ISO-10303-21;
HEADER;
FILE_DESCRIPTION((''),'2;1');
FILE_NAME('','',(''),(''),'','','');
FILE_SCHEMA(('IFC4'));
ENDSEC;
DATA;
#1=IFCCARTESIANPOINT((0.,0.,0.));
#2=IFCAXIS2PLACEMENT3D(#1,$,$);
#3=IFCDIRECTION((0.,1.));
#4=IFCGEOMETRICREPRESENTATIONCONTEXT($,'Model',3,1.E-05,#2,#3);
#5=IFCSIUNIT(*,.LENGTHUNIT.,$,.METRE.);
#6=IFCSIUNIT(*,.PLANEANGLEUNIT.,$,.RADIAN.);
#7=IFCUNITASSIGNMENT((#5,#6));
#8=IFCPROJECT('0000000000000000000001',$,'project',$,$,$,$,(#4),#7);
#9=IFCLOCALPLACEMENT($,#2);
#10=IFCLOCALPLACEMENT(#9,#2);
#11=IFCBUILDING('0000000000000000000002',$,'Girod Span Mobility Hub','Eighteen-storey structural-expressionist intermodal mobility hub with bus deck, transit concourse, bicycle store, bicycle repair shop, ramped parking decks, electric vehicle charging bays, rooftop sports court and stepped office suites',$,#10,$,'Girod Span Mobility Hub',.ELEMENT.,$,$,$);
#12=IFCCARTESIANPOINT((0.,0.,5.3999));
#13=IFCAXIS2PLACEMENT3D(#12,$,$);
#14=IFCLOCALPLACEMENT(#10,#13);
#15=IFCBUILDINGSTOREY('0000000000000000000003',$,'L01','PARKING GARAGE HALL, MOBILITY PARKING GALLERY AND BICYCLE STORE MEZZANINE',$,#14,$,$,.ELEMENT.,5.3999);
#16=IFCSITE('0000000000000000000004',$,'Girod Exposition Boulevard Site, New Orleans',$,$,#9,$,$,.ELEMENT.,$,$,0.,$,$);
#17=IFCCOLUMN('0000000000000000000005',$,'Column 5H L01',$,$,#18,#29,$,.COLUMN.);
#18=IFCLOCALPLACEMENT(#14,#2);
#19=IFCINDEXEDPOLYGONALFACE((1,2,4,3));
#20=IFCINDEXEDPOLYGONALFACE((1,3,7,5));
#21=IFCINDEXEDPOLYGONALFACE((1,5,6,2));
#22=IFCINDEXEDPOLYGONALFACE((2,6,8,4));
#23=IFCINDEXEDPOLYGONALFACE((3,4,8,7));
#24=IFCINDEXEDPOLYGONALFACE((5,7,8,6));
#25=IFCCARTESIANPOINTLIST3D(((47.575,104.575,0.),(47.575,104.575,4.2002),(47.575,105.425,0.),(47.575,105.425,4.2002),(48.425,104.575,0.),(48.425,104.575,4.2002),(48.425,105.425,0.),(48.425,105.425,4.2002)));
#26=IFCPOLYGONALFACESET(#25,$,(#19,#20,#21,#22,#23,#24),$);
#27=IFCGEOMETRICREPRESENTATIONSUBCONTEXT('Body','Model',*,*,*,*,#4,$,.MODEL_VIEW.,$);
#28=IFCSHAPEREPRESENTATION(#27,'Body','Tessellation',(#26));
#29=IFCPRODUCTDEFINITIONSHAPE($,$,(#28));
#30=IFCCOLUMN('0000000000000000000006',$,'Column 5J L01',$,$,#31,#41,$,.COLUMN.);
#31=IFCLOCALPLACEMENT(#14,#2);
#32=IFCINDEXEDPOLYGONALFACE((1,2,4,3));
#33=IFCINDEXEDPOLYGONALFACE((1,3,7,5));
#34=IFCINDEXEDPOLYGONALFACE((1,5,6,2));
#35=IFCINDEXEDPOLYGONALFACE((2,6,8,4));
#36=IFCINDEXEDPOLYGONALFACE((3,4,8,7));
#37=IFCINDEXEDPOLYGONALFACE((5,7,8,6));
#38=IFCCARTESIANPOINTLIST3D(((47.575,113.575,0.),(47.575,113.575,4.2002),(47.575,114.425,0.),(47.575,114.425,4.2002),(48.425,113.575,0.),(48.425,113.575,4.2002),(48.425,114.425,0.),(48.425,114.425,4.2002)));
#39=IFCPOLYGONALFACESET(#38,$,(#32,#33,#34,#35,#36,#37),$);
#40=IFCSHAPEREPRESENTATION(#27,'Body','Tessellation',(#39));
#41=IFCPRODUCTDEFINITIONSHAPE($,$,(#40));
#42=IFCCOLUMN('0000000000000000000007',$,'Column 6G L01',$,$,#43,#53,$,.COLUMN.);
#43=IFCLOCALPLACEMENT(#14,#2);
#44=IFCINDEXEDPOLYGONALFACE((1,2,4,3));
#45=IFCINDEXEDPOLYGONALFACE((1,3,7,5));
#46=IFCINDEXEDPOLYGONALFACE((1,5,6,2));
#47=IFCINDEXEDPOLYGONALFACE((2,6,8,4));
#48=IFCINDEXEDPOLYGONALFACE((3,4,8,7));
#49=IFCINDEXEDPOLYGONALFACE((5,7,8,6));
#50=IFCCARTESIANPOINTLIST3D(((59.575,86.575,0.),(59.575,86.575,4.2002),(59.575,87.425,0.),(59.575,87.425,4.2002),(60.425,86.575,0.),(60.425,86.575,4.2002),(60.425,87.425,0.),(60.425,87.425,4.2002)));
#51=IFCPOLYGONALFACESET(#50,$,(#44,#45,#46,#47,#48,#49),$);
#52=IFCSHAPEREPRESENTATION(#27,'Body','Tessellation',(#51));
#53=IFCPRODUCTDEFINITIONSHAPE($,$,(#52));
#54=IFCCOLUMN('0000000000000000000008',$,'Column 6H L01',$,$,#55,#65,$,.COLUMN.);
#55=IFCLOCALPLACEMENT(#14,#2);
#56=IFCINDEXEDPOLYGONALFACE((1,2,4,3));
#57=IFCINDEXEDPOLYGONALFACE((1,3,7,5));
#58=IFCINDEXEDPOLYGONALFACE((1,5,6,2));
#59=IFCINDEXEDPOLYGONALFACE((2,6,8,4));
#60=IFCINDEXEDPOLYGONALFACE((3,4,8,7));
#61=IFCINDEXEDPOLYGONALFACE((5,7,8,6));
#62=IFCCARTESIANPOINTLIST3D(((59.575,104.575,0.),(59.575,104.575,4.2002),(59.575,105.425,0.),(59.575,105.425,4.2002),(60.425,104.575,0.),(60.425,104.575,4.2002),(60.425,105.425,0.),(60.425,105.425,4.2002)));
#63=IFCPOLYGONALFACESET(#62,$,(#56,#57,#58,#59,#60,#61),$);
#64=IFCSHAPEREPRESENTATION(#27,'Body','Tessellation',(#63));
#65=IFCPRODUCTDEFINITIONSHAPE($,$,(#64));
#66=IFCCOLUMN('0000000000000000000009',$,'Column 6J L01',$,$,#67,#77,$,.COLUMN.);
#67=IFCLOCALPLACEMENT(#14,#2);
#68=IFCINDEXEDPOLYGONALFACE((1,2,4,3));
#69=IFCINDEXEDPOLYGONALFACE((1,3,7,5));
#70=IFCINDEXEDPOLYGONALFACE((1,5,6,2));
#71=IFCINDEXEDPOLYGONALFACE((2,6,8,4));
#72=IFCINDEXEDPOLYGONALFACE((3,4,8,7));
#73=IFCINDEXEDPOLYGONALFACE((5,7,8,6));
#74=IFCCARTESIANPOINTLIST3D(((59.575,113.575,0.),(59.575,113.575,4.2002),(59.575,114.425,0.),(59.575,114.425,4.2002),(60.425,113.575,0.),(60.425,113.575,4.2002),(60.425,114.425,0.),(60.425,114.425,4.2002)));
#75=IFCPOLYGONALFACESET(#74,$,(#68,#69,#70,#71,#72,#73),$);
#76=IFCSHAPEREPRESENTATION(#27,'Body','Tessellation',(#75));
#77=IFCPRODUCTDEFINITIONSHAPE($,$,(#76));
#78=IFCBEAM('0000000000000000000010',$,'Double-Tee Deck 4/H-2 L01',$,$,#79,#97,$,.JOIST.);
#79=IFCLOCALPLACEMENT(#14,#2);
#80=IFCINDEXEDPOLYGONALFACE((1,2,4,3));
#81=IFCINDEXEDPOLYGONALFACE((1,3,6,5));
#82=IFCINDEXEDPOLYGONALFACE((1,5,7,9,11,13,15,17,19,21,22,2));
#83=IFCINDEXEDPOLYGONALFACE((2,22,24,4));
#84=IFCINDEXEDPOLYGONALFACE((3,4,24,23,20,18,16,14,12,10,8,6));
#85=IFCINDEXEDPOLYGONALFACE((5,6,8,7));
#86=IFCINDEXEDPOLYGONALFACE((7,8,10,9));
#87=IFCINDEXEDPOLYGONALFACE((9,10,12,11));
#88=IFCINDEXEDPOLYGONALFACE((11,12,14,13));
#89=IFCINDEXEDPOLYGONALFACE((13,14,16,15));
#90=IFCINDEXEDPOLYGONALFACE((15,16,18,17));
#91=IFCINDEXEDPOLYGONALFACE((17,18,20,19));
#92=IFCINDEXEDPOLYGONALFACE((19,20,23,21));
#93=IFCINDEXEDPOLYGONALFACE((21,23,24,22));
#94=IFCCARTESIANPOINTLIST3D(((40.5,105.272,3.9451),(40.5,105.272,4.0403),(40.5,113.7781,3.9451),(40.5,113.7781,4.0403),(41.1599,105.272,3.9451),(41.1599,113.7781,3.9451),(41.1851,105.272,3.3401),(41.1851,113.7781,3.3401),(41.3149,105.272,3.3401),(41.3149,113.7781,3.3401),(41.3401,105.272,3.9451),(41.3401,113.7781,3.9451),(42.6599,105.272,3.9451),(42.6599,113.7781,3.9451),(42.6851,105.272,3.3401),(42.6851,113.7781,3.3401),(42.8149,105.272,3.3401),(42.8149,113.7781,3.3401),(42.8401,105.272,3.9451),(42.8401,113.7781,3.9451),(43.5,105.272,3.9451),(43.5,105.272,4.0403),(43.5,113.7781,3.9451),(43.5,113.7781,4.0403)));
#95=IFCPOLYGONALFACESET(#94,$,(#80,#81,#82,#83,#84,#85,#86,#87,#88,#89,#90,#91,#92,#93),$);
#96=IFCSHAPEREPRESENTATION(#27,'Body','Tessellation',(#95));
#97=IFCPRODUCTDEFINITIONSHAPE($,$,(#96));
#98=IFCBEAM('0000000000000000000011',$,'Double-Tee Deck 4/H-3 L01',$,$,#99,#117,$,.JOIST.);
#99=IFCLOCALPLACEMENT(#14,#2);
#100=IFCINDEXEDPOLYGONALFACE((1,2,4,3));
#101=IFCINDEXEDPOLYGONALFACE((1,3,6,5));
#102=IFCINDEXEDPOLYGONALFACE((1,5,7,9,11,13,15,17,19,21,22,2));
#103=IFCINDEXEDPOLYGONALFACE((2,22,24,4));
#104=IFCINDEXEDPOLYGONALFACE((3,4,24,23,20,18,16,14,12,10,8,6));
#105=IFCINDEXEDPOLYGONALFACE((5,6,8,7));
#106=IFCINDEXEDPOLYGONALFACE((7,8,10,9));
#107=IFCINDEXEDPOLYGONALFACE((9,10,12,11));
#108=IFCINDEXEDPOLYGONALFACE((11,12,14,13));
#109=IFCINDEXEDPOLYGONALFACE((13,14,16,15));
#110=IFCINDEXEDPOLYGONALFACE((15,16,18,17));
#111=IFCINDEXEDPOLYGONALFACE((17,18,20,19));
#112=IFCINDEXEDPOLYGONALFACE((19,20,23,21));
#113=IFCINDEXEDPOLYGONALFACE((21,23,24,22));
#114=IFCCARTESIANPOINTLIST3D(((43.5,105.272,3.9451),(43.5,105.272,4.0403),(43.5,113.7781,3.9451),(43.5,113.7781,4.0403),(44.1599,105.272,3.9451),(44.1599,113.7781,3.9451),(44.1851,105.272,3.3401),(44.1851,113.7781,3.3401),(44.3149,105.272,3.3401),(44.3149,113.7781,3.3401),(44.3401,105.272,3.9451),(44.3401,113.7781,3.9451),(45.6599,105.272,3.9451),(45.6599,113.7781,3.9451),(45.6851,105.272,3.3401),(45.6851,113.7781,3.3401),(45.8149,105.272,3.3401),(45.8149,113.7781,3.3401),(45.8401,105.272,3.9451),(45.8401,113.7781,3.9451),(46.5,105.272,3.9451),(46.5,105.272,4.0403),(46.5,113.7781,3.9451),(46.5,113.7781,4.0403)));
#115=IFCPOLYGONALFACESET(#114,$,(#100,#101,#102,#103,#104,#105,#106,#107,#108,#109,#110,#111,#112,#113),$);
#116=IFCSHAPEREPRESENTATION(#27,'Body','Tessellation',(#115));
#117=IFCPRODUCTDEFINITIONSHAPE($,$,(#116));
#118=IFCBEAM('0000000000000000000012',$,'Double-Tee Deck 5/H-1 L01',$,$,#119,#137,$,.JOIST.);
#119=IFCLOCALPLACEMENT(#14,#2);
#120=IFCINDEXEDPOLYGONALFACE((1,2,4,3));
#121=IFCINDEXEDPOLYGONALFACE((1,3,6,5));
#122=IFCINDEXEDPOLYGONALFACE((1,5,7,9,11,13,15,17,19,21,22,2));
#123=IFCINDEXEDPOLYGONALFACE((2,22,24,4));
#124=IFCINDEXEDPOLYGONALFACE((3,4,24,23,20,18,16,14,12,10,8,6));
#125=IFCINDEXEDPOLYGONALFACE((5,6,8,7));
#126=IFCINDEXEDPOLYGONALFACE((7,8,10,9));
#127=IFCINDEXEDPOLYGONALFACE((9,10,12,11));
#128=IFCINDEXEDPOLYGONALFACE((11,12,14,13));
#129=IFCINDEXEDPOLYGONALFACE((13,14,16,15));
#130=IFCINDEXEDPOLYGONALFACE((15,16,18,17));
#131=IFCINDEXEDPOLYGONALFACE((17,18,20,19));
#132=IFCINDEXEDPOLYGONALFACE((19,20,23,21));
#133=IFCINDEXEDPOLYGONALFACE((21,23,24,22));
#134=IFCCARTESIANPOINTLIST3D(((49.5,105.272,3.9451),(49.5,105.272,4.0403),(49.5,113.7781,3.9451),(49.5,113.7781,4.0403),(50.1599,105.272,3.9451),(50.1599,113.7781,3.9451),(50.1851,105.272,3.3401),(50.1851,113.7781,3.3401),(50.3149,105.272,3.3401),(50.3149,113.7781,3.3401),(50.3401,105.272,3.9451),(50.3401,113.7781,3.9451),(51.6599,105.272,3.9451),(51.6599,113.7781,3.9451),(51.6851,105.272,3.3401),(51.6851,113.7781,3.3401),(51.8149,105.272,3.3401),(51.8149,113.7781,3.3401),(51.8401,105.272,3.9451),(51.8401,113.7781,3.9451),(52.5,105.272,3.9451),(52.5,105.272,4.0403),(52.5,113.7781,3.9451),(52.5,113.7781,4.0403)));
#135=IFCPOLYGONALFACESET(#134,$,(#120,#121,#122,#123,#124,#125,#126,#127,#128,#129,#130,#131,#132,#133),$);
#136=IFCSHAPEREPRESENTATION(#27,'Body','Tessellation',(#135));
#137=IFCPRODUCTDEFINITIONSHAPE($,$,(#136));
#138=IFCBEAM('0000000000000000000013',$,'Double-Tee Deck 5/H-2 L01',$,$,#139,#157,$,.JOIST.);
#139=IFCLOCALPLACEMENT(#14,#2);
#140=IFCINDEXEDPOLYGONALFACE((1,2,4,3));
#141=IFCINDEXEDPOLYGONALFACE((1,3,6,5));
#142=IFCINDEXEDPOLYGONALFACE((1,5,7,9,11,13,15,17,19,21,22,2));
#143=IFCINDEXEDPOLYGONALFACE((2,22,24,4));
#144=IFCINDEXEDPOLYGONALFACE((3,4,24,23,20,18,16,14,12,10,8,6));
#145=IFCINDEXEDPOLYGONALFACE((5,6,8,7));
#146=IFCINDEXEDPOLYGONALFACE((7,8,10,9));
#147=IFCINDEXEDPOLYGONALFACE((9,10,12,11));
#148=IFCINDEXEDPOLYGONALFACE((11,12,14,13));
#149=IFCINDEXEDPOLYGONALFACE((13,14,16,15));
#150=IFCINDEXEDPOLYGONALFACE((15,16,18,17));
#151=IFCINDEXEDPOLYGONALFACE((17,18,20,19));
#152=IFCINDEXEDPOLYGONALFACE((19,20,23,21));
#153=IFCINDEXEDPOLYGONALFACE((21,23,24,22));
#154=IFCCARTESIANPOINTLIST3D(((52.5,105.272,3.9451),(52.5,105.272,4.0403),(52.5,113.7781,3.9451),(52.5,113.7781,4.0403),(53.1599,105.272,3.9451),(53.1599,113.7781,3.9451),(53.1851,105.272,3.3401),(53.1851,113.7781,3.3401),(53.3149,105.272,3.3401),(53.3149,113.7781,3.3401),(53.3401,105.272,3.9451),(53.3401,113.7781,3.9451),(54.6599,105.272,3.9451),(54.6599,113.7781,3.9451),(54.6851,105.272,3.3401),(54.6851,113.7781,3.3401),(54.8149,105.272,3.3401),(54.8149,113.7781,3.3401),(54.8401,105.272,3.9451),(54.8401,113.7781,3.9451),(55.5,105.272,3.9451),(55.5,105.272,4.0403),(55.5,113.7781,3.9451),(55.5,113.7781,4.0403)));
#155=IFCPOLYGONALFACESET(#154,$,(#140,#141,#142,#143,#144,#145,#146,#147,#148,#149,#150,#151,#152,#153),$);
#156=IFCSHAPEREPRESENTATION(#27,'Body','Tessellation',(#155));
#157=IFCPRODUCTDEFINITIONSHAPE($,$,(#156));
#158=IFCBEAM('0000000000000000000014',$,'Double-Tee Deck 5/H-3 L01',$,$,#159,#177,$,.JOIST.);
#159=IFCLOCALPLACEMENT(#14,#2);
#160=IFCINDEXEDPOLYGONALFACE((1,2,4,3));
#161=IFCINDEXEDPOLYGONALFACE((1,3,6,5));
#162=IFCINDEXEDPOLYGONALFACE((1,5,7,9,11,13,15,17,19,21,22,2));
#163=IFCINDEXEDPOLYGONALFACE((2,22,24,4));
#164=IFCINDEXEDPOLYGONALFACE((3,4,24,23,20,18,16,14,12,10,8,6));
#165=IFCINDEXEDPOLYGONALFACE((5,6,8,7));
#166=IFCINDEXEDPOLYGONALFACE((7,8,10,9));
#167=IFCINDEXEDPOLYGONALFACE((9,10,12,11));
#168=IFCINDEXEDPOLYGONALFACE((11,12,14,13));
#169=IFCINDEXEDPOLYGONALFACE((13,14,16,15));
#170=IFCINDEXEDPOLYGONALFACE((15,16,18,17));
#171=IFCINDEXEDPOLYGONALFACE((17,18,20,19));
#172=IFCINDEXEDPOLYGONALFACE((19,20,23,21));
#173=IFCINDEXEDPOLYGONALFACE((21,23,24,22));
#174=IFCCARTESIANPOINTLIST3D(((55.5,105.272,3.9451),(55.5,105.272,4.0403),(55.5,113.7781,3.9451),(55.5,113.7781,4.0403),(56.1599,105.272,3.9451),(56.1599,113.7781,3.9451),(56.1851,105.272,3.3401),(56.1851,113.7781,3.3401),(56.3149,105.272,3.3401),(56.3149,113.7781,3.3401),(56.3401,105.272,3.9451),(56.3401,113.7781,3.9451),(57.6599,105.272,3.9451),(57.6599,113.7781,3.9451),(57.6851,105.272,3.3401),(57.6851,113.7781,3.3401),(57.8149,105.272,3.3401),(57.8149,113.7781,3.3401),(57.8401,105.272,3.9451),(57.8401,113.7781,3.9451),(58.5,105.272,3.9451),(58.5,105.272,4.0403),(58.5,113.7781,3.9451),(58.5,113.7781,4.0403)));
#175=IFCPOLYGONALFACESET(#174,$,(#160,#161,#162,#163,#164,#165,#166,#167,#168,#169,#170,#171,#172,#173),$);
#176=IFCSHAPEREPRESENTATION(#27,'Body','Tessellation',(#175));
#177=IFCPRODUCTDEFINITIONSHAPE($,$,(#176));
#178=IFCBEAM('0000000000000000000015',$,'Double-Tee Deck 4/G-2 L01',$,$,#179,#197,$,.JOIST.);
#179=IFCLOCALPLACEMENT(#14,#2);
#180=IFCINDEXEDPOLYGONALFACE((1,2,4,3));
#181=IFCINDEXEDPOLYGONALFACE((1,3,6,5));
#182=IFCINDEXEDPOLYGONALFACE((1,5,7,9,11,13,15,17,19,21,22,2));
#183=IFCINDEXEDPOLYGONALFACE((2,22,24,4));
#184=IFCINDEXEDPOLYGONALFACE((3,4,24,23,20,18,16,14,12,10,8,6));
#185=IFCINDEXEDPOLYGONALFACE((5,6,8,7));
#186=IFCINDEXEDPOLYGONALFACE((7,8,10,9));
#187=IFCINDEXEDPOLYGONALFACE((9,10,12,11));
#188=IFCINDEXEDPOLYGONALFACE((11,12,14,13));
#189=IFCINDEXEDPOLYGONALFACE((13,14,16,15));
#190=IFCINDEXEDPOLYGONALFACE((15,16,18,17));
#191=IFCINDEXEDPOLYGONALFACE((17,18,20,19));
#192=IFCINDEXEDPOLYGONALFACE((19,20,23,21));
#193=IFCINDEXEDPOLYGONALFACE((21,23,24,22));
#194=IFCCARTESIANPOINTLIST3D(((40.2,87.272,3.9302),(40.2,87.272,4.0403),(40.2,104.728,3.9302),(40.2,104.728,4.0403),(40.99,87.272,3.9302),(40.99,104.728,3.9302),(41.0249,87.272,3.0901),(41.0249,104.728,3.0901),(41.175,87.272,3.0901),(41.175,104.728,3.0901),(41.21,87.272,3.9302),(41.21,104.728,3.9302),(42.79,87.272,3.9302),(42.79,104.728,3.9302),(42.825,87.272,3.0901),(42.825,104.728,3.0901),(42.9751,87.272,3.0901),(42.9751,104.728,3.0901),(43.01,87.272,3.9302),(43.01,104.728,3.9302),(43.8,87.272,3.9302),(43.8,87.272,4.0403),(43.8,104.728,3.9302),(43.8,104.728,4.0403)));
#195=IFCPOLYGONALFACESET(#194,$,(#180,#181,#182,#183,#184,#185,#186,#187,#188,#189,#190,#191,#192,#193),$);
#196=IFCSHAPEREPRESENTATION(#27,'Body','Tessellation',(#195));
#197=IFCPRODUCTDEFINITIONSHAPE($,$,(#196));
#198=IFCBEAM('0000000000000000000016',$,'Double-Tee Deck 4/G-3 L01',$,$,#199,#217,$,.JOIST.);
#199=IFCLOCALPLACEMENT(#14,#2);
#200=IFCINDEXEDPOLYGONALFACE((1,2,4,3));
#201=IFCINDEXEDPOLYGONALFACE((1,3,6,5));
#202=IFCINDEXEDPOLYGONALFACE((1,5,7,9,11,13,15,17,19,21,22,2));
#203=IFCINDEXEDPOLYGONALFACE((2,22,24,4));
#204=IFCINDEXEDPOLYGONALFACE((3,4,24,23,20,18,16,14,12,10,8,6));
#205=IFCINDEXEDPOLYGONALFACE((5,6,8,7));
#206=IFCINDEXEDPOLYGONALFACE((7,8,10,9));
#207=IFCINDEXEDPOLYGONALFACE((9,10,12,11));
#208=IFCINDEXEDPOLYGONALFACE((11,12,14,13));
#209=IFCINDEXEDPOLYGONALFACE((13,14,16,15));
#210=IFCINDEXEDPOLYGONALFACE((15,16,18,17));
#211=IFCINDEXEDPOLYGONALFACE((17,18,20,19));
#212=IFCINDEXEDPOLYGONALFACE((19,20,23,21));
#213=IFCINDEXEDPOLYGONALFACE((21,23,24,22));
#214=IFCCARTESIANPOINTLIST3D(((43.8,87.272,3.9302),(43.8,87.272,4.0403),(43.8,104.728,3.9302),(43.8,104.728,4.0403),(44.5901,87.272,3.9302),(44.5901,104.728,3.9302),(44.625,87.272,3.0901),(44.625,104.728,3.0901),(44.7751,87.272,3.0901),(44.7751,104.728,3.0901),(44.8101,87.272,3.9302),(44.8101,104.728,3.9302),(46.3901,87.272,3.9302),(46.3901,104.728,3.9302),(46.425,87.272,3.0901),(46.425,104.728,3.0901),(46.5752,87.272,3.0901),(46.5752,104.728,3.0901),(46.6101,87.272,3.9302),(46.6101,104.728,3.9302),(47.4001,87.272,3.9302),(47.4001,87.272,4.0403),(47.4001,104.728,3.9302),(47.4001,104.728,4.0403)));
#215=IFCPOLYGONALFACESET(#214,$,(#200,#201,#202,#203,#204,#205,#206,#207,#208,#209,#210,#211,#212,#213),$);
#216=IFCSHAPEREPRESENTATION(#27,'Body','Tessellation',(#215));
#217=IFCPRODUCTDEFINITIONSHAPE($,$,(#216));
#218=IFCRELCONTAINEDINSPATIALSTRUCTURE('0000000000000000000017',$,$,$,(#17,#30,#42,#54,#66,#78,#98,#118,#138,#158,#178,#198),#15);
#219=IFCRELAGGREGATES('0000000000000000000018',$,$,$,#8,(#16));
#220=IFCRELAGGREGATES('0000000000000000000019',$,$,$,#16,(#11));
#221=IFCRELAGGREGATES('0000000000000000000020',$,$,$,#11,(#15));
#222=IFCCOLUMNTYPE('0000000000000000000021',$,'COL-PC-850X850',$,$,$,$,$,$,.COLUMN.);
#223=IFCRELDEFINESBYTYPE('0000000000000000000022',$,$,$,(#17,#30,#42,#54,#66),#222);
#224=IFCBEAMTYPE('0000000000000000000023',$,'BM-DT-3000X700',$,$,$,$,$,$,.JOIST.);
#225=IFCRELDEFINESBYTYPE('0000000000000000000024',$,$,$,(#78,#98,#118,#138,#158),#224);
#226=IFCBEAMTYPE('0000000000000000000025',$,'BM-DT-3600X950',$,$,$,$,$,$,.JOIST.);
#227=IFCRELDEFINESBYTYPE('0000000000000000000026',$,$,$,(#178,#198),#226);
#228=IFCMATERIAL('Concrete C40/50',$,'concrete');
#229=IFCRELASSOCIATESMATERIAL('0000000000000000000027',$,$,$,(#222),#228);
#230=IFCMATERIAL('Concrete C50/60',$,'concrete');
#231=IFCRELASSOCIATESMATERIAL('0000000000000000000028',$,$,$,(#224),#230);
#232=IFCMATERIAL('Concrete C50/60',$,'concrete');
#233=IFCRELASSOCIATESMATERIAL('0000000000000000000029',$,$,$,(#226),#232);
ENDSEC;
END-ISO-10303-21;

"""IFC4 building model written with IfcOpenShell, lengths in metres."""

from ifc_helpers import new_model, si_unit, direction, frame, origin, origin_2d, place, context, subcontext, project, spatial, polyline, rectangle, outline, extrude, material, material_profile, profile_set, type_object, element, save


model = new_model("IFC4")

# Units and contexts
model_context = context("Model", 3, precision=1e-05, world=origin(), true_north=direction((0.0, 1.0)))
body_context = subcontext(model_context, "Body", "Model", "MODEL_VIEW")
ifc_project = project(units=[si_unit("LENGTHUNIT", "METRE"), si_unit("PLANEANGLEUNIT", "RADIAN")], contexts=[model_context])

# Site, building, storey
site_placement = place(None, origin())
site = spatial("IfcSite", under=ifc_project, at=site_placement, Name="Girod Exposition Boulevard Site, New Orleans", CompositionType="ELEMENT", RefElevation=0.0)
building_placement = place(site_placement, origin())
building = spatial("IfcBuilding", under=site, at=building_placement, Name="Girod Span Mobility Hub", Description="Eighteen-storey structural-expressionist intermodal mobility hub with bus deck, transit concourse, bicycle store, bicycle repair shop, ramped parking decks, electric vehicle charging bays, rooftop sports court and stepped office suites", LongName="Girod Span Mobility Hub", CompositionType="ELEMENT")
storey_placement = place(building_placement, frame((0.0, 0.0, 5.3999)))
storey = spatial("IfcBuildingStorey", under=building, at=storey_placement, Name="L01", Description="PARKING GARAGE HALL, MOBILITY PARKING GALLERY AND BICYCLE STORE MEZZANINE", CompositionType="ELEMENT", Elevation=5.3999)

# Columns
ifc_material_1 = material(Name="Concrete C40/50", Category="concrete")
ifc_material_profile_1 = material_profile(ifc_material_1, rectangle(XDim=0.8501, YDim=0.8501, at=origin_2d()), Name="PC-COL-850X850")
ifc_profile_set_1 = profile_set([ifc_material_profile_1], Name="Concrete C40/50")
column_type = type_object("IfcColumnType", Name="COL-PC-850X850", PredefinedType="COLUMN", material=ifc_profile_set_1)
for number, where, z_axis, x_axis, name in (
    (1, (48.0, 105.0, 0.0), (0.0, 0.0, 1.0), (1.0, 0.0, 0.0), "Column 5H L01"),
    (2, (48.0, 114.0, 0.0), (0.0, 0.0, 1.0), (1.0, 0.0, 0.0), "Column 5J L01"),
    (3, (60.0, 87.0, 0.0), (0.0, 0.0, 1.0), (1.0, 0.0, 0.0), "Column 6G L01"),
    (4, (60.0, 105.0, 0.0), (0.0, 0.0, 1.0), (1.0, 0.0, 0.0), "Column 6H L01"),
    (5, (60.0, 114.0, 0.0), (0.0, 0.0, 1.0), (1.0, 0.0, 0.0), "Column 6J L01"),
):
    element("IfcColumn", number, at=place(storey_placement, frame(where, z_axis=z_axis, x_axis=x_axis)), inside=storey, type_object=column_type, Name=name, PredefinedType="COLUMN", context=body_context, shape_type="SweptSolid", body=[
        extrude(rectangle(XDim=0.8501, YDim=0.8501, at=origin_2d()), origin(), (0.0, 0.0, 1.0), 4.2002),
    ])

# Beams
ifc_material_2 = material(Name="Concrete C50/60", Category="concrete")
ifc_material_profile_2 = material_profile(ifc_material_2, outline(polyline([(-1.5, 0.3501), (-1.5, 0.2549), (-0.8401, 0.2549), (-0.8149, -0.3501), (-0.6851, -0.3501), (-0.6599, 0.2549), (0.6599, 0.2549), (0.6851, -0.3501), (0.8149, -0.3501), (0.8401, 0.2549), (1.5, 0.2549), (1.5, 0.3501), (-1.5, 0.3501)])), Name="DT-3000X700")
ifc_profile_set_2 = profile_set([ifc_material_profile_2], Name="Concrete C50/60")
beam_type_1 = type_object("IfcBeamType", Name="BM-DT-3000X700", PredefinedType="JOIST", material=ifc_profile_set_2)
for number, where, z_axis, x_axis, name in (
    (6, (42.0, 105.272, 3.6902), (0.0, 1.0, 0.0), (-1.0, 0.0, 0.0), "Double-Tee Deck 4/H-2 L01"),
    (7, (45.0, 105.272, 3.6902), (0.0, 1.0, 0.0), (-1.0, 0.0, 0.0), "Double-Tee Deck 4/H-3 L01"),
    (8, (51.0, 105.272, 3.6902), (0.0, 1.0, 0.0), (-1.0, 0.0, 0.0), "Double-Tee Deck 5/H-1 L01"),
    (9, (54.0, 105.272, 3.6902), (0.0, 1.0, 0.0), (-1.0, 0.0, 0.0), "Double-Tee Deck 5/H-2 L01"),
    (10, (57.0, 105.272, 3.6902), (0.0, 1.0, 0.0), (-1.0, 0.0, 0.0), "Double-Tee Deck 5/H-3 L01"),
):
    element("IfcBeam", number, at=place(storey_placement, frame(where, z_axis=z_axis, x_axis=x_axis)), inside=storey, type_object=beam_type_1, Name=name, PredefinedType="JOIST", context=body_context, shape_type="SweptSolid", body=[
        extrude(outline(polyline([(-1.5, 0.3501), (-1.5, 0.2549), (-0.8401, 0.2549), (-0.8149, -0.3501), (-0.6851, -0.3501), (-0.6599, 0.2549), (0.6599, 0.2549), (0.6851, -0.3501), (0.8149, -0.3501), (0.8401, 0.2549), (1.5, 0.2549), (1.5, 0.3501), (-1.5, 0.3501)])), origin(), (0.0, 0.0, 1.0), 8.5061),
    ])
ifc_material_3 = material(Name="Concrete C50/60", Category="concrete")
ifc_material_profile_3 = material_profile(ifc_material_3, outline(polyline([(-1.8, 0.4751), (-1.8, 0.365), (-1.01, 0.365), (-0.9751, -0.4751), (-0.825, -0.4751), (-0.79, 0.365), (0.79, 0.365), (0.825, -0.4751), (0.9751, -0.4751), (1.01, 0.365), (1.8, 0.365), (1.8, 0.4751), (-1.8, 0.4751)])), Name="DT-3600X950")
ifc_profile_set_3 = profile_set([ifc_material_profile_3], Name="Concrete C50/60")
beam_type_2 = type_object("IfcBeamType", Name="BM-DT-3600X950", PredefinedType="JOIST", material=ifc_profile_set_3)
for number, where, z_axis, x_axis, name in (
    (11, (42.0, 87.272, 3.5652), (0.0, 1.0, 0.0), (-1.0, 0.0, 0.0), "Double-Tee Deck 4/G-2 L01"),
    (12, (45.6001, 87.272, 3.5652), (0.0, 1.0, 0.0), (-1.0, 0.0, 0.0), "Double-Tee Deck 4/G-3 L01"),
):
    element("IfcBeam", number, at=place(storey_placement, frame(where, z_axis=z_axis, x_axis=x_axis)), inside=storey, type_object=beam_type_2, Name=name, PredefinedType="JOIST", context=body_context, shape_type="SweptSolid", body=[
        extrude(outline(polyline([(-1.8, 0.4751), (-1.8, 0.365), (-1.01, 0.365), (-0.9751, -0.4751), (-0.825, -0.4751), (-0.79, 0.365), (0.79, 0.365), (0.825, -0.4751), (0.9751, -0.4751), (1.01, 0.365), (1.8, 0.365), (1.8, 0.4751), (-1.8, 0.4751)])), origin(), (0.0, 0.0, 1.0), 17.4561),
    ])

save(model, "model.ifc")
